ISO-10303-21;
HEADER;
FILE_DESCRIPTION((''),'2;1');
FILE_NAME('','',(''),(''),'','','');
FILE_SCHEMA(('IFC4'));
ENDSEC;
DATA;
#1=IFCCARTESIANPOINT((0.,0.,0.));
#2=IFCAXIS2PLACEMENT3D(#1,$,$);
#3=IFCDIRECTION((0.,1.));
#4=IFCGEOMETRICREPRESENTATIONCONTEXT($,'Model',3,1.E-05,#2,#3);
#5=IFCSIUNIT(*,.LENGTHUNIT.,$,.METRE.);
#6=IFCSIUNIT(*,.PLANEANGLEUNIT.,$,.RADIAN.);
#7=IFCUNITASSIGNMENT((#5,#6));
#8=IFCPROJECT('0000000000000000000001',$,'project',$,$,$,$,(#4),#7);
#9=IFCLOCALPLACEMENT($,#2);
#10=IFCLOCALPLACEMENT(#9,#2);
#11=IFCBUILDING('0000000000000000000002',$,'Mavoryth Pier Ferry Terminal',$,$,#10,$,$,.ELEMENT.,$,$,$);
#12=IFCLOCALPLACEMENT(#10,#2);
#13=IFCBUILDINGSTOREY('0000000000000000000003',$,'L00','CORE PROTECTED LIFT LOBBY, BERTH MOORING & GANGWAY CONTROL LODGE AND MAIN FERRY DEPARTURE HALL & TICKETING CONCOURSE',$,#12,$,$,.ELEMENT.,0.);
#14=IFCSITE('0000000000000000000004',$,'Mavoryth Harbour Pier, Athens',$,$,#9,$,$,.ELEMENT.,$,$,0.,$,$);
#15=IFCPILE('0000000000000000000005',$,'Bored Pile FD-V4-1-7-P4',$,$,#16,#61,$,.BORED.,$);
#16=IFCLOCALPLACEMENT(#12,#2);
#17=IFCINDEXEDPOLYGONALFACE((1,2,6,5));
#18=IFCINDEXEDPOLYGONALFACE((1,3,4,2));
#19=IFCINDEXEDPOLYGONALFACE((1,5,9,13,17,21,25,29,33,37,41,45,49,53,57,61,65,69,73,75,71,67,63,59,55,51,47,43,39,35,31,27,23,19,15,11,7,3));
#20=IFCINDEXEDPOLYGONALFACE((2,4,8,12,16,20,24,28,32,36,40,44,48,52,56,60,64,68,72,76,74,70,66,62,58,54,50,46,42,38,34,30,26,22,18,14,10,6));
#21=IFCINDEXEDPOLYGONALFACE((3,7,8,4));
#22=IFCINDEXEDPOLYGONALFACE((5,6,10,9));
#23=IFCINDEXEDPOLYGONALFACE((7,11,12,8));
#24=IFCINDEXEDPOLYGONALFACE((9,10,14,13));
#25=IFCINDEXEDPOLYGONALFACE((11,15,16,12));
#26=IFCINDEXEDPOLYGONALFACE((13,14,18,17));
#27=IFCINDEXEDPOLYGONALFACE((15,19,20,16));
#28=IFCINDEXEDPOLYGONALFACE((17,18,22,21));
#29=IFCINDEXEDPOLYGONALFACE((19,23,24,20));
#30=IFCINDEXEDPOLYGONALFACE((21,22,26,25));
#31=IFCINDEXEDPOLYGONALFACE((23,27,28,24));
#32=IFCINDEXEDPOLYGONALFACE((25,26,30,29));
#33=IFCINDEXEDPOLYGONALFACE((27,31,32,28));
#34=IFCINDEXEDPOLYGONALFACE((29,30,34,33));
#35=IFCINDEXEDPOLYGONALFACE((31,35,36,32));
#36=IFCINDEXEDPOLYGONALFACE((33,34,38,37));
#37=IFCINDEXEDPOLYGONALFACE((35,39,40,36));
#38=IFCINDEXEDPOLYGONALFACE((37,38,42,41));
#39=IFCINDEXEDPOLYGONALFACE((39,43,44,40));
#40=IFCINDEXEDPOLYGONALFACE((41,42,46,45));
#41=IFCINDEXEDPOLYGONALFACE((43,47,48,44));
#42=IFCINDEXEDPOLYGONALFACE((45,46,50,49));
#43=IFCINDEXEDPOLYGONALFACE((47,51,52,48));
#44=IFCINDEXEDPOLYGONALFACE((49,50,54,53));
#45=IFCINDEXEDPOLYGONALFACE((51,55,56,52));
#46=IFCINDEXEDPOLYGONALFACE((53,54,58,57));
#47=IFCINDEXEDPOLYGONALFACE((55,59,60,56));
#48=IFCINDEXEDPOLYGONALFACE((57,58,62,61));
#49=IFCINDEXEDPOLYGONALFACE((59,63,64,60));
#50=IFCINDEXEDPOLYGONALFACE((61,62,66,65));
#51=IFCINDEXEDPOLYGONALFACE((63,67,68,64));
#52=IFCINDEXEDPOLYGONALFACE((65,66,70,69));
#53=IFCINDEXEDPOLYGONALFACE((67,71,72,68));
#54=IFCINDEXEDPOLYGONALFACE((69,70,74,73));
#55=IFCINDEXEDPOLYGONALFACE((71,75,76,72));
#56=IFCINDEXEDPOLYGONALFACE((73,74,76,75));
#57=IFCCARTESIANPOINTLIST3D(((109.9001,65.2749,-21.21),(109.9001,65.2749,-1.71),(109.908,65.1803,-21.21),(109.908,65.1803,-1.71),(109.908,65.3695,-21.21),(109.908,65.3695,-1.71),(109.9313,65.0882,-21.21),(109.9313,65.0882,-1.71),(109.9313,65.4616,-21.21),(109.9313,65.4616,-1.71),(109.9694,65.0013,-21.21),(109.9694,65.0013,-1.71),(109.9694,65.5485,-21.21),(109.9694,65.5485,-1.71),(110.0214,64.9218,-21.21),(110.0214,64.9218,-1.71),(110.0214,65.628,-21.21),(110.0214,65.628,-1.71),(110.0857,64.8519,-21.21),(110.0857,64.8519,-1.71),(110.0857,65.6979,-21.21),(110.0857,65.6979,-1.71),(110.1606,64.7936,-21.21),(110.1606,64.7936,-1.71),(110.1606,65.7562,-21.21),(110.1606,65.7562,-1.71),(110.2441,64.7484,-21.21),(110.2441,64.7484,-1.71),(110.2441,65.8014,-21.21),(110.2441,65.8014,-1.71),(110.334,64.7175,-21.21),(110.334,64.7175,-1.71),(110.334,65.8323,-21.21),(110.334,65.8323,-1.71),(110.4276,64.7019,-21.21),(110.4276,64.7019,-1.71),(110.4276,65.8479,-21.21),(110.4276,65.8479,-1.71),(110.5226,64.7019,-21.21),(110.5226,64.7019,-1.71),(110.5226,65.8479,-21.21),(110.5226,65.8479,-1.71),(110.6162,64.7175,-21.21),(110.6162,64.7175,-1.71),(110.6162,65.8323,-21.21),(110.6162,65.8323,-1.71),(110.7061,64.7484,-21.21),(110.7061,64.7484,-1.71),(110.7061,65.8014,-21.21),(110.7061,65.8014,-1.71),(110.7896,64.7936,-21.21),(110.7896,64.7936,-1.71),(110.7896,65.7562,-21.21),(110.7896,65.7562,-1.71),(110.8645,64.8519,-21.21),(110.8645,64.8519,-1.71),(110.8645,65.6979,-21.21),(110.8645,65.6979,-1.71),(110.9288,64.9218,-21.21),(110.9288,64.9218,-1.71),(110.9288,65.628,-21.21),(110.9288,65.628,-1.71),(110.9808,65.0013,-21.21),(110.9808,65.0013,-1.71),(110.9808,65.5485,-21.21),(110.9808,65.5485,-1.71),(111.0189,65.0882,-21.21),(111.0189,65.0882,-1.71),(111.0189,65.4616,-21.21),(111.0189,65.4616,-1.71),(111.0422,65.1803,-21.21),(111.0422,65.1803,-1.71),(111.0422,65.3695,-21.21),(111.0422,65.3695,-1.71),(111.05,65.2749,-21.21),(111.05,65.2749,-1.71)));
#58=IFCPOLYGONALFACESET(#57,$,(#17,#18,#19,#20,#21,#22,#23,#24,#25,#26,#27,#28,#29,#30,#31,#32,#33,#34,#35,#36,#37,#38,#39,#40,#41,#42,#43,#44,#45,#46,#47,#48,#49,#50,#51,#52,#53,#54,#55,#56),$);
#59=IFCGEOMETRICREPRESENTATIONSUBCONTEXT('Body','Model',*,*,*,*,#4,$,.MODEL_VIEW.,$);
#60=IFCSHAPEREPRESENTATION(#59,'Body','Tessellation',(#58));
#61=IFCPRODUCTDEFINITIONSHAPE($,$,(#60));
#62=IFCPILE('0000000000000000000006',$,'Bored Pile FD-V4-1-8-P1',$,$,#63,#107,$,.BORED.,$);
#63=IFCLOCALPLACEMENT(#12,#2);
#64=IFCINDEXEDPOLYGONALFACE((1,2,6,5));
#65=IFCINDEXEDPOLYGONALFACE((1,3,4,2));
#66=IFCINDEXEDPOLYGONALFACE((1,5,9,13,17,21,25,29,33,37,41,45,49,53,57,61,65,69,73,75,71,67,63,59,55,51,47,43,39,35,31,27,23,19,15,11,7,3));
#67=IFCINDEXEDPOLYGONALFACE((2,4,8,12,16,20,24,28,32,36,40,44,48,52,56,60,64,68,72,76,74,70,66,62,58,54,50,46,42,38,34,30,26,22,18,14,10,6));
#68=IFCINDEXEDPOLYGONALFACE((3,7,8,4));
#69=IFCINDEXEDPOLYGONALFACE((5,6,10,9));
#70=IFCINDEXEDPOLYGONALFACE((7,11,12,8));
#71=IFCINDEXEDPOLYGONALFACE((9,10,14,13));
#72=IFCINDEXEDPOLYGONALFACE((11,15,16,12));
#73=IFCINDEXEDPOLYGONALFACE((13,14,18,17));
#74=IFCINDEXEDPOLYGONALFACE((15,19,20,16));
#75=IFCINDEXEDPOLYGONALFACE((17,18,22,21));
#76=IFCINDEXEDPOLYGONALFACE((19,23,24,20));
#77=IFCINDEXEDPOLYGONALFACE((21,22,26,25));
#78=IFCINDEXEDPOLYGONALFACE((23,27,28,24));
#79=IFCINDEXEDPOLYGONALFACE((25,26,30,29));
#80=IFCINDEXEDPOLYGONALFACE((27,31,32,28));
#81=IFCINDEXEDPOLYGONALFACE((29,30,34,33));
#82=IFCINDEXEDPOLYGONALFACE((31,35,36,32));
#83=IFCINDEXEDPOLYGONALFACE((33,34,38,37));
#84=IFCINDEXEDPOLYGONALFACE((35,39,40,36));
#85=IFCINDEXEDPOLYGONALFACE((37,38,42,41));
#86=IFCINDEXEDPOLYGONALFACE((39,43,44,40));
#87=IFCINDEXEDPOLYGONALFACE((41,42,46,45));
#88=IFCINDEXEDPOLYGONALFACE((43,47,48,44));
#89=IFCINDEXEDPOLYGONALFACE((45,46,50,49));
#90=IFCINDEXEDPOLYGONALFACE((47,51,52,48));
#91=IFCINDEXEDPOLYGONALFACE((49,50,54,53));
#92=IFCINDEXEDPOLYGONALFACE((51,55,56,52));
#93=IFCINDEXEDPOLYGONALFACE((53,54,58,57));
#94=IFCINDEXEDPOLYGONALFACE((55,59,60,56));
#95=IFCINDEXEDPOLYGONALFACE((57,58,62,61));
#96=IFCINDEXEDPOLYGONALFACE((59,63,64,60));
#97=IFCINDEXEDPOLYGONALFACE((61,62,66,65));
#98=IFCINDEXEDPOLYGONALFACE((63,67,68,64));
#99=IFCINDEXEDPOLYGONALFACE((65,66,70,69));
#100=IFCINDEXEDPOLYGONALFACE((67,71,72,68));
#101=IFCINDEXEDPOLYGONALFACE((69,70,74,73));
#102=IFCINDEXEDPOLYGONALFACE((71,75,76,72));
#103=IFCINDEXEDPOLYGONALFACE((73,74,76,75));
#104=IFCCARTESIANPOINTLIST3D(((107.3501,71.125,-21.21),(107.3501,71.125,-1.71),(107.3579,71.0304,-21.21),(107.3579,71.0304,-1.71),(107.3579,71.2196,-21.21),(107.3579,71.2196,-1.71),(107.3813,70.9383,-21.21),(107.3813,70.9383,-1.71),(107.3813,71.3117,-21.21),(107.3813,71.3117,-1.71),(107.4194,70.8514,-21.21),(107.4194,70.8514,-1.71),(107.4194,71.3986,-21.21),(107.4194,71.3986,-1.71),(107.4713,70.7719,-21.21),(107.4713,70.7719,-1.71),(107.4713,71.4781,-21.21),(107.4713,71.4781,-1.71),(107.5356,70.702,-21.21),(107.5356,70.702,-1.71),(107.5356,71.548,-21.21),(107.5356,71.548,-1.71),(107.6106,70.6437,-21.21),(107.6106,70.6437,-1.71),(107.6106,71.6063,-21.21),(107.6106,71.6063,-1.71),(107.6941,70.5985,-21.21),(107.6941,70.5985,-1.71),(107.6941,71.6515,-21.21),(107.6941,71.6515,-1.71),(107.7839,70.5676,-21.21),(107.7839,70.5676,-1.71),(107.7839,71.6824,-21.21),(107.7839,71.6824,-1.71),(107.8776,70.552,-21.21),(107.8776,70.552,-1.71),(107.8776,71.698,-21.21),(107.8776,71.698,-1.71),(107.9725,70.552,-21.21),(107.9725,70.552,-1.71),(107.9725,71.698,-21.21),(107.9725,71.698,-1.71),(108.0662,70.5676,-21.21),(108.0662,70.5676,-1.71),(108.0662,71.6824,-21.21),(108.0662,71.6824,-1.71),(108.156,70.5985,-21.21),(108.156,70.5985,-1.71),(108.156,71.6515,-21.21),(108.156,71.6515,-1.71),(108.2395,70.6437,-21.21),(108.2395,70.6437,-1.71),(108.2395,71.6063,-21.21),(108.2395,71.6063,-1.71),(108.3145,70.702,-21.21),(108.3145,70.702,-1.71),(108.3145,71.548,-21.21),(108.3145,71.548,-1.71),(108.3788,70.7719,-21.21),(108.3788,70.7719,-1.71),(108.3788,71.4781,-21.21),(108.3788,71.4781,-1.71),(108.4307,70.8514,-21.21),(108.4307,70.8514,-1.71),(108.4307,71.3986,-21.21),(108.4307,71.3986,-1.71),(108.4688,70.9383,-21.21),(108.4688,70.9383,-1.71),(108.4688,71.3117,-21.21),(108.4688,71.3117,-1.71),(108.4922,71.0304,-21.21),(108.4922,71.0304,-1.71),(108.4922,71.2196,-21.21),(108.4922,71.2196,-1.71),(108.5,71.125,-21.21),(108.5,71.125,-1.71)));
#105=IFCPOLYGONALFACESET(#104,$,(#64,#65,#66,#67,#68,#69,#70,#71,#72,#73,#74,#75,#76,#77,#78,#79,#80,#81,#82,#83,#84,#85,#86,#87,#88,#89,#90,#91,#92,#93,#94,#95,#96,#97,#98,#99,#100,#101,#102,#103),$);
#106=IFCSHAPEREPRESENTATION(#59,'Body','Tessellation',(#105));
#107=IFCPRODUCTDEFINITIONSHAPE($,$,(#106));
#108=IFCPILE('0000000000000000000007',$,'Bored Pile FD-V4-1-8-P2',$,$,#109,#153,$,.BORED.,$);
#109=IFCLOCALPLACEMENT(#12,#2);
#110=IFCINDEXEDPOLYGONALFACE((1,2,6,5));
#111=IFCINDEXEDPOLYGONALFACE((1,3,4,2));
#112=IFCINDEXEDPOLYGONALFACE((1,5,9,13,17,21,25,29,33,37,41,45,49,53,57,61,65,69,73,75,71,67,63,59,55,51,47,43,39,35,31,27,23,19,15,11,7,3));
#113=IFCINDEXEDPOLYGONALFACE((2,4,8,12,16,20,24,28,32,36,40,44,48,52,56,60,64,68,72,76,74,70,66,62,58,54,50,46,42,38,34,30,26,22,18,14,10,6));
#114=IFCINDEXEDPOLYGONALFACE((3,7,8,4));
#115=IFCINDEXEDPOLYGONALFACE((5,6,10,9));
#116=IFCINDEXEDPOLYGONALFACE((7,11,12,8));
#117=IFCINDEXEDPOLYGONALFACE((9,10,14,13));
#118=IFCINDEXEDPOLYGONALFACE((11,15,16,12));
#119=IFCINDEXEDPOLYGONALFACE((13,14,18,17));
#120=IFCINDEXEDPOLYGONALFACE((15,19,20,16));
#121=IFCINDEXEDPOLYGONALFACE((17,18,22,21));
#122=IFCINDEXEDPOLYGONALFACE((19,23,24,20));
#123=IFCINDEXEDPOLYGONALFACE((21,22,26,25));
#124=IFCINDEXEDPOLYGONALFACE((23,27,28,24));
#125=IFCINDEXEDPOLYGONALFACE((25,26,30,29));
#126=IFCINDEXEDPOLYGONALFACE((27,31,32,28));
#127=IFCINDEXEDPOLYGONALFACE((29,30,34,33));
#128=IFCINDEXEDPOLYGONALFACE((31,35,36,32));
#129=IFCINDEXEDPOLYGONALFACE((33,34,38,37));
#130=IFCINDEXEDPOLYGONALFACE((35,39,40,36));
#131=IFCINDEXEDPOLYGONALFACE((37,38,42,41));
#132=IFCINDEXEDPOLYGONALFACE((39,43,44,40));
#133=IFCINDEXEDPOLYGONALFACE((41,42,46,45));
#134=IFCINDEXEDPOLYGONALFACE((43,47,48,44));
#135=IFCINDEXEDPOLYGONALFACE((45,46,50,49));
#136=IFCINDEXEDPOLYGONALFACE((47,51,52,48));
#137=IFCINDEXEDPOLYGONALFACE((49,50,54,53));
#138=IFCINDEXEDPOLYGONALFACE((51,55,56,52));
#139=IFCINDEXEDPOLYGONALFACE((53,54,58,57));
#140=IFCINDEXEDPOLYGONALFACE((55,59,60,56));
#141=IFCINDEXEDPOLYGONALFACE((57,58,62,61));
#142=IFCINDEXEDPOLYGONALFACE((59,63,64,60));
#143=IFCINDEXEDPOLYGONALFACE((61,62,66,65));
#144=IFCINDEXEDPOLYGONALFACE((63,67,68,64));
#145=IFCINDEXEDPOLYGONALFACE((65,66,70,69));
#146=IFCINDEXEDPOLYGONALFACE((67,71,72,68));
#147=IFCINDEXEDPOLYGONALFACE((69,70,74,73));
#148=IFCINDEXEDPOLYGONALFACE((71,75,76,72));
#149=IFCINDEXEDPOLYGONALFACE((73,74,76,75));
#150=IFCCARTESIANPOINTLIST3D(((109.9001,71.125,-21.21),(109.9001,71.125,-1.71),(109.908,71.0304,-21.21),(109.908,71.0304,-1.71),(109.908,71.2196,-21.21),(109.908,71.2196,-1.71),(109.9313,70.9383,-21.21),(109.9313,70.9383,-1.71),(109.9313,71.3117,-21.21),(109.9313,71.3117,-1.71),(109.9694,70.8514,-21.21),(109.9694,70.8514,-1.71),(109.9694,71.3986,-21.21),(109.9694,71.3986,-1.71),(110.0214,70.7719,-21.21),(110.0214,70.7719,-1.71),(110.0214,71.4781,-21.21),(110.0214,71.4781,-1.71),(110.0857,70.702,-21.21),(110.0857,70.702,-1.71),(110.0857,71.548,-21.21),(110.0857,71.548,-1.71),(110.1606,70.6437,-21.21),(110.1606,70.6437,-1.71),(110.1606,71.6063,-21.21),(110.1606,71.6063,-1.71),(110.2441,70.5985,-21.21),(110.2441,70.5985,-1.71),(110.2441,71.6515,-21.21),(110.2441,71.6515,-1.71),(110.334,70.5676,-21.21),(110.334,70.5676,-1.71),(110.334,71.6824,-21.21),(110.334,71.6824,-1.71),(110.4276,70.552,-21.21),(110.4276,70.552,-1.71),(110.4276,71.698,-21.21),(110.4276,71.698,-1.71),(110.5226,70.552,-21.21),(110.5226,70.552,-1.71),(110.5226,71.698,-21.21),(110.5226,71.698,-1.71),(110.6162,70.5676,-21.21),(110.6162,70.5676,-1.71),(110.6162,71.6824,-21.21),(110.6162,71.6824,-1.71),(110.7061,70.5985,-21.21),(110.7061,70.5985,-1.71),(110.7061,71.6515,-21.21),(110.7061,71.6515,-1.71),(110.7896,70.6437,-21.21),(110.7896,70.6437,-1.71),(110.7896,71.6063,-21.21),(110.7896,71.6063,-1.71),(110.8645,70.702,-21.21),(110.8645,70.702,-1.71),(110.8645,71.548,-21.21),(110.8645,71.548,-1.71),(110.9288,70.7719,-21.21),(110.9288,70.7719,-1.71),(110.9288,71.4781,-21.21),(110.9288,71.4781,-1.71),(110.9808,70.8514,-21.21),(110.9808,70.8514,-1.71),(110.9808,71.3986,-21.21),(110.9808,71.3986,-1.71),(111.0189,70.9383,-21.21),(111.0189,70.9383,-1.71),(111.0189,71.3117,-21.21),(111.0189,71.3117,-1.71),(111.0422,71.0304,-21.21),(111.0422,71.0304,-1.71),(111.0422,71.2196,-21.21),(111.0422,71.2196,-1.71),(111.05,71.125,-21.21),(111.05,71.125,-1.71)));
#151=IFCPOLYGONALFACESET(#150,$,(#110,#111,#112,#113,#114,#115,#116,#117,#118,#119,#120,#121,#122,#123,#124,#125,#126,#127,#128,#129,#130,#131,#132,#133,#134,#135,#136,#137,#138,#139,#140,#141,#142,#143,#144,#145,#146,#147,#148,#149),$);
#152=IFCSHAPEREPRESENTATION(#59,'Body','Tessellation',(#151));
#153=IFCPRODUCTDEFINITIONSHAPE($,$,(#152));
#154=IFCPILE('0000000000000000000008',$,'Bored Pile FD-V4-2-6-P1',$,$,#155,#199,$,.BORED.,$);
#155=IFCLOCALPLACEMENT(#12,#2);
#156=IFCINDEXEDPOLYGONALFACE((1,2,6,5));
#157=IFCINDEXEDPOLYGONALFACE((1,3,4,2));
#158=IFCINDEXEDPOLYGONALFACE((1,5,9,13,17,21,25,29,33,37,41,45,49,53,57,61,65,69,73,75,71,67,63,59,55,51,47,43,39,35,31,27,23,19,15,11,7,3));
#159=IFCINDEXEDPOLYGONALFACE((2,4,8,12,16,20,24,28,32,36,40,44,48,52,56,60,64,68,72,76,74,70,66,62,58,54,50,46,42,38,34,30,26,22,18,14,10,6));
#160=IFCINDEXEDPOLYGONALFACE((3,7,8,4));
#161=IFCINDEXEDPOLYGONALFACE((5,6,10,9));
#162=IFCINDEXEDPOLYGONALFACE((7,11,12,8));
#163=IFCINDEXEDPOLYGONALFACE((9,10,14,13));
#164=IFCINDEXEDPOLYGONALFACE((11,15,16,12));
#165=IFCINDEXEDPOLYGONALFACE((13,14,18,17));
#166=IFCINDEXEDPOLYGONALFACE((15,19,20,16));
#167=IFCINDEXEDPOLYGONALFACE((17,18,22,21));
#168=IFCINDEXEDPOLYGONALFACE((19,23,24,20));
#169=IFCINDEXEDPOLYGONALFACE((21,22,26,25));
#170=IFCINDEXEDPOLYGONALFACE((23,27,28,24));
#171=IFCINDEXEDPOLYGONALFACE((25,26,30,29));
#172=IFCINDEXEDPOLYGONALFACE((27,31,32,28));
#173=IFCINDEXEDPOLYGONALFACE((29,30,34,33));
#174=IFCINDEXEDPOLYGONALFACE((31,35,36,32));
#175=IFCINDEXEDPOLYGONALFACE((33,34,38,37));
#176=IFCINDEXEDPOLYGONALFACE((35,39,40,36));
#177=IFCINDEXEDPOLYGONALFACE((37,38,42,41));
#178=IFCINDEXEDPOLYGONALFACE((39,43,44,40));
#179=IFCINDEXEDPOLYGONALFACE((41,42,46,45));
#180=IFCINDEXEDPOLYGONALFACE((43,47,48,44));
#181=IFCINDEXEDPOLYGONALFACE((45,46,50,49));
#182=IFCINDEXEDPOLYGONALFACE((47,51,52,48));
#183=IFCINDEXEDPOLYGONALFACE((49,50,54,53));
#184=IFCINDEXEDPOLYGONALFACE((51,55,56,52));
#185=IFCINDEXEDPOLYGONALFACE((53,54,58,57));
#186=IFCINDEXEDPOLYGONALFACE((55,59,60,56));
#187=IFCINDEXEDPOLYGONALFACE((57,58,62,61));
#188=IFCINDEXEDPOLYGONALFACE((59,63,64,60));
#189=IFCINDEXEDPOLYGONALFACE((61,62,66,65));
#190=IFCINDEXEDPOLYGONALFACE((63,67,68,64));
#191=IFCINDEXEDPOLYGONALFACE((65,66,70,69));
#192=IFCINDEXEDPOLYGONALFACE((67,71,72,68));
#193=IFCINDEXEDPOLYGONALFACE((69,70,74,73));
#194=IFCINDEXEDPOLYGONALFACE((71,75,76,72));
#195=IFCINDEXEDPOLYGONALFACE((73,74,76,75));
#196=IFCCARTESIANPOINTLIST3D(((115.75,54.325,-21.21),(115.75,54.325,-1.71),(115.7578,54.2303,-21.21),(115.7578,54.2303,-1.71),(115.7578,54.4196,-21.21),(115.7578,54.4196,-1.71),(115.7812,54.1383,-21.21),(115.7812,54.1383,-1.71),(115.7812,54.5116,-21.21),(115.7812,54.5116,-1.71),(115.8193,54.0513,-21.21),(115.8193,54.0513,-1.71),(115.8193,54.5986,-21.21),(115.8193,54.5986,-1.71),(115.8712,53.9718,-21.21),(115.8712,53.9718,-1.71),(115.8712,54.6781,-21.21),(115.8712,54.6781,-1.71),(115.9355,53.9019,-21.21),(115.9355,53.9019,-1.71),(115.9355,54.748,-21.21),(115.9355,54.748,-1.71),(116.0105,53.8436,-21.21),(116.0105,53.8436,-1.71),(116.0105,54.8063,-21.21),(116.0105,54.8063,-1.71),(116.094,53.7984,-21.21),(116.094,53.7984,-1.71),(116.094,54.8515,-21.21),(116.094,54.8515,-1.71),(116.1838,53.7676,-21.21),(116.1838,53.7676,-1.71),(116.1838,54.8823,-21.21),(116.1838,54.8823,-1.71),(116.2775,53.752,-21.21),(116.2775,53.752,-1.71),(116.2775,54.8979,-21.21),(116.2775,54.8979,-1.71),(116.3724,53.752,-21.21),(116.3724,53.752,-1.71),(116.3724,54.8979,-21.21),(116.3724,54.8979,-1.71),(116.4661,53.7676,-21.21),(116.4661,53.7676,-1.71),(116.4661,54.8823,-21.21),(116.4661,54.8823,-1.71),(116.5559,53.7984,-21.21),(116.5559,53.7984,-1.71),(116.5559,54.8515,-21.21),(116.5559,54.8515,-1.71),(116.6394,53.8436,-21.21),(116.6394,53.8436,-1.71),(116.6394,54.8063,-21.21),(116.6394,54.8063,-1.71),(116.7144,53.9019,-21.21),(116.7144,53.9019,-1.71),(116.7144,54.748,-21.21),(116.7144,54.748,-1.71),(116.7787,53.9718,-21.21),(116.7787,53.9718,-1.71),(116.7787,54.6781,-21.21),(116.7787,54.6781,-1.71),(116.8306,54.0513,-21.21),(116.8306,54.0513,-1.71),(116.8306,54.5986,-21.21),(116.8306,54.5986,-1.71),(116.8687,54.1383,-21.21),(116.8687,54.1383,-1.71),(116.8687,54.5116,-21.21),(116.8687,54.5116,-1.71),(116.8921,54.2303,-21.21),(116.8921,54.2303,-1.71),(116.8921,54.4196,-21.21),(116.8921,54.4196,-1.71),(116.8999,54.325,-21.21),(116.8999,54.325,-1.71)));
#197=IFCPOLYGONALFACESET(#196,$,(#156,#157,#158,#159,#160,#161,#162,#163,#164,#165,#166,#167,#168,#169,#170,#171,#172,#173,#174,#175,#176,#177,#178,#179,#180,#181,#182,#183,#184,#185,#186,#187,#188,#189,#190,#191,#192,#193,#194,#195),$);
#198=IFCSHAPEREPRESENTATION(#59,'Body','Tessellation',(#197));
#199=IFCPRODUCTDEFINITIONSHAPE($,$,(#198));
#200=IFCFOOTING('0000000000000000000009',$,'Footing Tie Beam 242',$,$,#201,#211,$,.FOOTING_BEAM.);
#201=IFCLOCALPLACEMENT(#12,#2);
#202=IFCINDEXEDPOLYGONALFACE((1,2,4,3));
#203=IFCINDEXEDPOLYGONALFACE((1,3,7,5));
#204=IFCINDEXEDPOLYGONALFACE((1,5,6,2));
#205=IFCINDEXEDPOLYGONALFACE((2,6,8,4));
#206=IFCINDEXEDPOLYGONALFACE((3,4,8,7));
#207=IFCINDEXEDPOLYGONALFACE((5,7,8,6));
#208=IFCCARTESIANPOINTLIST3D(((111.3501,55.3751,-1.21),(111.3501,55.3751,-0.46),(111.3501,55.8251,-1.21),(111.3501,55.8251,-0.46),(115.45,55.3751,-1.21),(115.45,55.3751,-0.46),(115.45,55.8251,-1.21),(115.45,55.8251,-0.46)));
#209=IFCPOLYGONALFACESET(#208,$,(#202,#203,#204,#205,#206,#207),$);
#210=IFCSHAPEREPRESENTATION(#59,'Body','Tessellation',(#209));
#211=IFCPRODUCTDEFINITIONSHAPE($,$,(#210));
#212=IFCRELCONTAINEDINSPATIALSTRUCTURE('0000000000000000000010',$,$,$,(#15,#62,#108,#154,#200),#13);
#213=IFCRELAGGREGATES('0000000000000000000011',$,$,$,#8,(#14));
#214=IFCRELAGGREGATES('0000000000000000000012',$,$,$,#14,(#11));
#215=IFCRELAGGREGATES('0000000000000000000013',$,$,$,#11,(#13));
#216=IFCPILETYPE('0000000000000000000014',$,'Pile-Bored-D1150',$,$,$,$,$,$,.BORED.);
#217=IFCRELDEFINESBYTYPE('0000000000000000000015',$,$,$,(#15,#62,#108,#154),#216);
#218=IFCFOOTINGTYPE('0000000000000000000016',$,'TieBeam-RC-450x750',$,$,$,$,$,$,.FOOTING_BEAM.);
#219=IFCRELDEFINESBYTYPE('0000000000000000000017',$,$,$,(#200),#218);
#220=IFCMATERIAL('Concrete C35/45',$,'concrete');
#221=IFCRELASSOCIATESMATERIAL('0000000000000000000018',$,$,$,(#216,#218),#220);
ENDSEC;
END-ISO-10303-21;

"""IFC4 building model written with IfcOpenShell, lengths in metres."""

from ifc_helpers import new_model, si_unit, direction, frame, origin, origin_2d, place, context, subcontext, project, spatial, rectangle, circle, extrude, material, material_profile, profile_set, type_object, element, save


model = new_model("IFC4")

# Units and contexts
model_context = context("Model", 3, precision=1e-05, world=origin(), true_north=direction((0.0, 1.0)))
body_context = subcontext(model_context, "Body", "Model", "MODEL_VIEW")
ifc_project = project(units=[si_unit("LENGTHUNIT", "METRE"), si_unit("PLANEANGLEUNIT", "RADIAN")], contexts=[model_context])

# Site, building, storey
site_placement = place(None, origin())
site = spatial("IfcSite", under=ifc_project, at=site_placement, Name="Mavoryth Harbour Pier, Athens", CompositionType="ELEMENT", RefElevation=0.0)
building_placement = place(site_placement, origin())
building = spatial("IfcBuilding", under=site, at=building_placement, Name="Mavoryth Pier Ferry Terminal", CompositionType="ELEMENT")
storey_placement = place(building_placement, origin())
storey = spatial("IfcBuildingStorey", under=building, at=storey_placement, Name="L00", Description="CORE PROTECTED LIFT LOBBY, BERTH MOORING & GANGWAY CONTROL LODGE AND MAIN FERRY DEPARTURE HALL & TICKETING CONCOURSE", CompositionType="ELEMENT", Elevation=0.0)

# Shared definitions
ifc_material_1 = material(Name="Concrete C35/45", Category="concrete")

# Piles
ifc_material_profile_1 = material_profile(ifc_material_1, circle(Radius=0.575, at=origin_2d()), Name="PILE D1150", Category="concrete")
ifc_profile_set_1 = profile_set([ifc_material_profile_1], Name="Concrete C35/45 - PILE D1150")
pile_type = type_object("IfcPileType", Name="Pile-Bored-D1150", PredefinedType="BORED", material=ifc_profile_set_1)
for number, where, z_axis, x_axis, name in (
    (1, (110.4751, 65.2749, -1.71), (0.0, 0.0, -1.0), (1.0, 0.0, 0.0), "Bored Pile FD-V4-1-7-P4"),
    (2, (107.925, 71.125, -1.71), (0.0, 0.0, -1.0), (1.0, 0.0, 0.0), "Bored Pile FD-V4-1-8-P1"),
    (3, (110.4751, 71.125, -1.71), (0.0, 0.0, -1.0), (1.0, 0.0, 0.0), "Bored Pile FD-V4-1-8-P2"),
    (4, (116.325, 54.325, -1.71), (0.0, 0.0, -1.0), (1.0, 0.0, 0.0), "Bored Pile FD-V4-2-6-P1"),
):
    element("IfcPile", number, at=place(storey_placement, frame(where, z_axis=z_axis, x_axis=x_axis)), inside=storey, type_object=pile_type, Name=name, PredefinedType="BORED", context=body_context, shape_type="SweptSolid", body=[
        extrude(circle(Radius=0.575, at=origin_2d()), origin(), (0.0, 0.0, 1.0), 19.5),
    ])

# Footing
ifc_material_profile_2 = material_profile(ifc_material_1, rectangle(XDim=0.45, YDim=0.75, at=origin_2d()), Name="RC 450x750", Category="concrete")
ifc_profile_set_2 = profile_set([ifc_material_profile_2], Name="Concrete C35/45 - RC 450x750")
footing_type_1 = type_object("IfcFootingType", Name="TieBeam-RC-450x750", PredefinedType="FOOTING_BEAM", material=ifc_profile_set_2)
for number, where, z_axis, x_axis, name in (
    (5, (111.3501, 55.6001, -0.835), (1.0, 0.0, 0.0), (0.0, 1.0, 0.0), "Footing Tie Beam 242"),
):
    element("IfcFooting", number, at=place(storey_placement, frame(where, z_axis=z_axis, x_axis=x_axis)), inside=storey, type_object=footing_type_1, Name=name, PredefinedType="FOOTING_BEAM", context=body_context, shape_type="SweptSolid", body=[
        extrude(rectangle(XDim=0.45, YDim=0.75, at=origin_2d()), origin(), (0.0, 0.0, 1.0), 4.0999),
    ])

save(model, "model.ifc")
